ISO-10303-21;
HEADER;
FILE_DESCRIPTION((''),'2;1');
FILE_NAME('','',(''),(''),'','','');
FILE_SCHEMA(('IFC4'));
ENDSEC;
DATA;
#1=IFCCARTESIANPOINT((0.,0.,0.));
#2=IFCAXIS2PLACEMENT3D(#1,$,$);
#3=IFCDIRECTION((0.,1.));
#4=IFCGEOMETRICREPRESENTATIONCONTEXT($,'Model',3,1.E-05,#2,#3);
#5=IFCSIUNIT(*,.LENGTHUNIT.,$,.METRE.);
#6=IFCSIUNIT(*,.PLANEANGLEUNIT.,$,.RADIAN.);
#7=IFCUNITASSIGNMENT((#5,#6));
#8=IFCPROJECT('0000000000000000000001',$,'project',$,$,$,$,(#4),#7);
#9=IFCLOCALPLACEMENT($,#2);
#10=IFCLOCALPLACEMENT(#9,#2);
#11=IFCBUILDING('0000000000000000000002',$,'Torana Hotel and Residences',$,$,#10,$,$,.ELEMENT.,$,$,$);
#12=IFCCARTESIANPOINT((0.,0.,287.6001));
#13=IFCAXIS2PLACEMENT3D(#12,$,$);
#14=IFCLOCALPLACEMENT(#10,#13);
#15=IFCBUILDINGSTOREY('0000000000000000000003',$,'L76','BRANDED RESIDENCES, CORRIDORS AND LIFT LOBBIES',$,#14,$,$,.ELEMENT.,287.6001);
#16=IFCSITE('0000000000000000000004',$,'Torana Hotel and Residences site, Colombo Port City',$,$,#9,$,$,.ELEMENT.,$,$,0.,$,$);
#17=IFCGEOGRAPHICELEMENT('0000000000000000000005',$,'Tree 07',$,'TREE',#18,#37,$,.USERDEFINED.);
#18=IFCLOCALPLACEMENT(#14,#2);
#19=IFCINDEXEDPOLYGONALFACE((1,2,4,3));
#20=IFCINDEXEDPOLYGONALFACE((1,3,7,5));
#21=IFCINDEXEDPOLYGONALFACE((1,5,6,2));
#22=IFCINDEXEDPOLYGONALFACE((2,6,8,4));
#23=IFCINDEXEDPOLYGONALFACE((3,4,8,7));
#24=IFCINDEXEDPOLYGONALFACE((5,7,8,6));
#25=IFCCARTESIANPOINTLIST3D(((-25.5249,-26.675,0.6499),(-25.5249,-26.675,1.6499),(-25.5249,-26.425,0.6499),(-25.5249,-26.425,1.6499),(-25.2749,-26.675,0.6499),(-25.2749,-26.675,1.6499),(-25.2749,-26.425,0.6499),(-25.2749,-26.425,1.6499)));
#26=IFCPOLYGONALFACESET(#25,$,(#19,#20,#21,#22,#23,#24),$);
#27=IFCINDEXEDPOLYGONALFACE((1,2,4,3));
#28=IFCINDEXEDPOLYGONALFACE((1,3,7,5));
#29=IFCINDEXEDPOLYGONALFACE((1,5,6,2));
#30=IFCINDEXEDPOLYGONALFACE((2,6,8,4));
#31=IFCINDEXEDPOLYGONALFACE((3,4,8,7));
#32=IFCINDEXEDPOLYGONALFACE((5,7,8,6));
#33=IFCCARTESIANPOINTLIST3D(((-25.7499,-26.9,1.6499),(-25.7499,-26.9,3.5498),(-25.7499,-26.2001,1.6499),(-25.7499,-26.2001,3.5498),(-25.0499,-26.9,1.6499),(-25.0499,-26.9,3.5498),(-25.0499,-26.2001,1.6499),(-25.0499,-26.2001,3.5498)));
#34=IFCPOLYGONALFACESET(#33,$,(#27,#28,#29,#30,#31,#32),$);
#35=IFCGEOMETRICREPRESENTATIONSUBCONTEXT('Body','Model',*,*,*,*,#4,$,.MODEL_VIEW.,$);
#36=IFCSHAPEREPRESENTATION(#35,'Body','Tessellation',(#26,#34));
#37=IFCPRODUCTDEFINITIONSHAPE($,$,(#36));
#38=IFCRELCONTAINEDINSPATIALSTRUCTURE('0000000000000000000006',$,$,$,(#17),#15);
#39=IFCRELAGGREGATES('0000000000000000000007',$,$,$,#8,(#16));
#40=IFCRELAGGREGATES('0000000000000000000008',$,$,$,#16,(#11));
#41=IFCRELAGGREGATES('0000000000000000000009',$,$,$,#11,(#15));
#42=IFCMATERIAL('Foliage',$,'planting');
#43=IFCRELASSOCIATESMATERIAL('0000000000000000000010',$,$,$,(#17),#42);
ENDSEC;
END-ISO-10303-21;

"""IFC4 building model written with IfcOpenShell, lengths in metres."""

from ifc_helpers import new_model, si_unit, direction, frame, origin, origin_2d, place, context, subcontext, project, spatial, rectangle, extrude, material, element, save


model = new_model("IFC4")

# Units and contexts
model_context = context("Model", 3, precision=1e-05, world=origin(), true_north=direction((0.0, 1.0)))
body_context = subcontext(model_context, "Body", "Model", "MODEL_VIEW")
ifc_project = project(units=[si_unit("LENGTHUNIT", "METRE"), si_unit("PLANEANGLEUNIT", "RADIAN")], contexts=[model_context])

# Site, building, storey
site_placement = place(None, origin())
site = spatial("IfcSite", under=ifc_project, at=site_placement, Name="Torana Hotel and Residences site, Colombo Port City", CompositionType="ELEMENT", RefElevation=0.0)
building_placement = place(site_placement, origin())
building = spatial("IfcBuilding", under=site, at=building_placement, Name="Torana Hotel and Residences", CompositionType="ELEMENT")
storey_placement = place(building_placement, frame((0.0, 0.0, 287.6001)))
storey = spatial("IfcBuildingStorey", under=building, at=storey_placement, Name="L76", Description="BRANDED RESIDENCES, CORRIDORS AND LIFT LOBBIES", CompositionType="ELEMENT", Elevation=287.6001)

# Geographic element
ifc_material_1 = material(Name="Foliage", Category="planting")
geographic_element_placement = place(storey_placement, frame((-25.3999, -26.55, 0.6499), z_axis=(0.0, 0.0, 1.0), x_axis=(1.0, 0.0, 0.0)))
element("IfcGeographicElement", 1, at=geographic_element_placement, inside=storey, material=ifc_material_1, Name="Tree 07", ObjectType="TREE", PredefinedType="USERDEFINED", context=body_context, shape_type="SweptSolid", body=[
    extrude(rectangle(XDim=0.25, YDim=0.25, at=origin_2d()), origin(), (0.0, 0.0, 1.0), 1.0),
    extrude(rectangle(XDim=0.7, YDim=0.7, at=origin_2d()), frame((0.0, 0.0, 1.0)), (0.0, 0.0, 1.0), 1.8999),
])

save(model, "model.ifc")
